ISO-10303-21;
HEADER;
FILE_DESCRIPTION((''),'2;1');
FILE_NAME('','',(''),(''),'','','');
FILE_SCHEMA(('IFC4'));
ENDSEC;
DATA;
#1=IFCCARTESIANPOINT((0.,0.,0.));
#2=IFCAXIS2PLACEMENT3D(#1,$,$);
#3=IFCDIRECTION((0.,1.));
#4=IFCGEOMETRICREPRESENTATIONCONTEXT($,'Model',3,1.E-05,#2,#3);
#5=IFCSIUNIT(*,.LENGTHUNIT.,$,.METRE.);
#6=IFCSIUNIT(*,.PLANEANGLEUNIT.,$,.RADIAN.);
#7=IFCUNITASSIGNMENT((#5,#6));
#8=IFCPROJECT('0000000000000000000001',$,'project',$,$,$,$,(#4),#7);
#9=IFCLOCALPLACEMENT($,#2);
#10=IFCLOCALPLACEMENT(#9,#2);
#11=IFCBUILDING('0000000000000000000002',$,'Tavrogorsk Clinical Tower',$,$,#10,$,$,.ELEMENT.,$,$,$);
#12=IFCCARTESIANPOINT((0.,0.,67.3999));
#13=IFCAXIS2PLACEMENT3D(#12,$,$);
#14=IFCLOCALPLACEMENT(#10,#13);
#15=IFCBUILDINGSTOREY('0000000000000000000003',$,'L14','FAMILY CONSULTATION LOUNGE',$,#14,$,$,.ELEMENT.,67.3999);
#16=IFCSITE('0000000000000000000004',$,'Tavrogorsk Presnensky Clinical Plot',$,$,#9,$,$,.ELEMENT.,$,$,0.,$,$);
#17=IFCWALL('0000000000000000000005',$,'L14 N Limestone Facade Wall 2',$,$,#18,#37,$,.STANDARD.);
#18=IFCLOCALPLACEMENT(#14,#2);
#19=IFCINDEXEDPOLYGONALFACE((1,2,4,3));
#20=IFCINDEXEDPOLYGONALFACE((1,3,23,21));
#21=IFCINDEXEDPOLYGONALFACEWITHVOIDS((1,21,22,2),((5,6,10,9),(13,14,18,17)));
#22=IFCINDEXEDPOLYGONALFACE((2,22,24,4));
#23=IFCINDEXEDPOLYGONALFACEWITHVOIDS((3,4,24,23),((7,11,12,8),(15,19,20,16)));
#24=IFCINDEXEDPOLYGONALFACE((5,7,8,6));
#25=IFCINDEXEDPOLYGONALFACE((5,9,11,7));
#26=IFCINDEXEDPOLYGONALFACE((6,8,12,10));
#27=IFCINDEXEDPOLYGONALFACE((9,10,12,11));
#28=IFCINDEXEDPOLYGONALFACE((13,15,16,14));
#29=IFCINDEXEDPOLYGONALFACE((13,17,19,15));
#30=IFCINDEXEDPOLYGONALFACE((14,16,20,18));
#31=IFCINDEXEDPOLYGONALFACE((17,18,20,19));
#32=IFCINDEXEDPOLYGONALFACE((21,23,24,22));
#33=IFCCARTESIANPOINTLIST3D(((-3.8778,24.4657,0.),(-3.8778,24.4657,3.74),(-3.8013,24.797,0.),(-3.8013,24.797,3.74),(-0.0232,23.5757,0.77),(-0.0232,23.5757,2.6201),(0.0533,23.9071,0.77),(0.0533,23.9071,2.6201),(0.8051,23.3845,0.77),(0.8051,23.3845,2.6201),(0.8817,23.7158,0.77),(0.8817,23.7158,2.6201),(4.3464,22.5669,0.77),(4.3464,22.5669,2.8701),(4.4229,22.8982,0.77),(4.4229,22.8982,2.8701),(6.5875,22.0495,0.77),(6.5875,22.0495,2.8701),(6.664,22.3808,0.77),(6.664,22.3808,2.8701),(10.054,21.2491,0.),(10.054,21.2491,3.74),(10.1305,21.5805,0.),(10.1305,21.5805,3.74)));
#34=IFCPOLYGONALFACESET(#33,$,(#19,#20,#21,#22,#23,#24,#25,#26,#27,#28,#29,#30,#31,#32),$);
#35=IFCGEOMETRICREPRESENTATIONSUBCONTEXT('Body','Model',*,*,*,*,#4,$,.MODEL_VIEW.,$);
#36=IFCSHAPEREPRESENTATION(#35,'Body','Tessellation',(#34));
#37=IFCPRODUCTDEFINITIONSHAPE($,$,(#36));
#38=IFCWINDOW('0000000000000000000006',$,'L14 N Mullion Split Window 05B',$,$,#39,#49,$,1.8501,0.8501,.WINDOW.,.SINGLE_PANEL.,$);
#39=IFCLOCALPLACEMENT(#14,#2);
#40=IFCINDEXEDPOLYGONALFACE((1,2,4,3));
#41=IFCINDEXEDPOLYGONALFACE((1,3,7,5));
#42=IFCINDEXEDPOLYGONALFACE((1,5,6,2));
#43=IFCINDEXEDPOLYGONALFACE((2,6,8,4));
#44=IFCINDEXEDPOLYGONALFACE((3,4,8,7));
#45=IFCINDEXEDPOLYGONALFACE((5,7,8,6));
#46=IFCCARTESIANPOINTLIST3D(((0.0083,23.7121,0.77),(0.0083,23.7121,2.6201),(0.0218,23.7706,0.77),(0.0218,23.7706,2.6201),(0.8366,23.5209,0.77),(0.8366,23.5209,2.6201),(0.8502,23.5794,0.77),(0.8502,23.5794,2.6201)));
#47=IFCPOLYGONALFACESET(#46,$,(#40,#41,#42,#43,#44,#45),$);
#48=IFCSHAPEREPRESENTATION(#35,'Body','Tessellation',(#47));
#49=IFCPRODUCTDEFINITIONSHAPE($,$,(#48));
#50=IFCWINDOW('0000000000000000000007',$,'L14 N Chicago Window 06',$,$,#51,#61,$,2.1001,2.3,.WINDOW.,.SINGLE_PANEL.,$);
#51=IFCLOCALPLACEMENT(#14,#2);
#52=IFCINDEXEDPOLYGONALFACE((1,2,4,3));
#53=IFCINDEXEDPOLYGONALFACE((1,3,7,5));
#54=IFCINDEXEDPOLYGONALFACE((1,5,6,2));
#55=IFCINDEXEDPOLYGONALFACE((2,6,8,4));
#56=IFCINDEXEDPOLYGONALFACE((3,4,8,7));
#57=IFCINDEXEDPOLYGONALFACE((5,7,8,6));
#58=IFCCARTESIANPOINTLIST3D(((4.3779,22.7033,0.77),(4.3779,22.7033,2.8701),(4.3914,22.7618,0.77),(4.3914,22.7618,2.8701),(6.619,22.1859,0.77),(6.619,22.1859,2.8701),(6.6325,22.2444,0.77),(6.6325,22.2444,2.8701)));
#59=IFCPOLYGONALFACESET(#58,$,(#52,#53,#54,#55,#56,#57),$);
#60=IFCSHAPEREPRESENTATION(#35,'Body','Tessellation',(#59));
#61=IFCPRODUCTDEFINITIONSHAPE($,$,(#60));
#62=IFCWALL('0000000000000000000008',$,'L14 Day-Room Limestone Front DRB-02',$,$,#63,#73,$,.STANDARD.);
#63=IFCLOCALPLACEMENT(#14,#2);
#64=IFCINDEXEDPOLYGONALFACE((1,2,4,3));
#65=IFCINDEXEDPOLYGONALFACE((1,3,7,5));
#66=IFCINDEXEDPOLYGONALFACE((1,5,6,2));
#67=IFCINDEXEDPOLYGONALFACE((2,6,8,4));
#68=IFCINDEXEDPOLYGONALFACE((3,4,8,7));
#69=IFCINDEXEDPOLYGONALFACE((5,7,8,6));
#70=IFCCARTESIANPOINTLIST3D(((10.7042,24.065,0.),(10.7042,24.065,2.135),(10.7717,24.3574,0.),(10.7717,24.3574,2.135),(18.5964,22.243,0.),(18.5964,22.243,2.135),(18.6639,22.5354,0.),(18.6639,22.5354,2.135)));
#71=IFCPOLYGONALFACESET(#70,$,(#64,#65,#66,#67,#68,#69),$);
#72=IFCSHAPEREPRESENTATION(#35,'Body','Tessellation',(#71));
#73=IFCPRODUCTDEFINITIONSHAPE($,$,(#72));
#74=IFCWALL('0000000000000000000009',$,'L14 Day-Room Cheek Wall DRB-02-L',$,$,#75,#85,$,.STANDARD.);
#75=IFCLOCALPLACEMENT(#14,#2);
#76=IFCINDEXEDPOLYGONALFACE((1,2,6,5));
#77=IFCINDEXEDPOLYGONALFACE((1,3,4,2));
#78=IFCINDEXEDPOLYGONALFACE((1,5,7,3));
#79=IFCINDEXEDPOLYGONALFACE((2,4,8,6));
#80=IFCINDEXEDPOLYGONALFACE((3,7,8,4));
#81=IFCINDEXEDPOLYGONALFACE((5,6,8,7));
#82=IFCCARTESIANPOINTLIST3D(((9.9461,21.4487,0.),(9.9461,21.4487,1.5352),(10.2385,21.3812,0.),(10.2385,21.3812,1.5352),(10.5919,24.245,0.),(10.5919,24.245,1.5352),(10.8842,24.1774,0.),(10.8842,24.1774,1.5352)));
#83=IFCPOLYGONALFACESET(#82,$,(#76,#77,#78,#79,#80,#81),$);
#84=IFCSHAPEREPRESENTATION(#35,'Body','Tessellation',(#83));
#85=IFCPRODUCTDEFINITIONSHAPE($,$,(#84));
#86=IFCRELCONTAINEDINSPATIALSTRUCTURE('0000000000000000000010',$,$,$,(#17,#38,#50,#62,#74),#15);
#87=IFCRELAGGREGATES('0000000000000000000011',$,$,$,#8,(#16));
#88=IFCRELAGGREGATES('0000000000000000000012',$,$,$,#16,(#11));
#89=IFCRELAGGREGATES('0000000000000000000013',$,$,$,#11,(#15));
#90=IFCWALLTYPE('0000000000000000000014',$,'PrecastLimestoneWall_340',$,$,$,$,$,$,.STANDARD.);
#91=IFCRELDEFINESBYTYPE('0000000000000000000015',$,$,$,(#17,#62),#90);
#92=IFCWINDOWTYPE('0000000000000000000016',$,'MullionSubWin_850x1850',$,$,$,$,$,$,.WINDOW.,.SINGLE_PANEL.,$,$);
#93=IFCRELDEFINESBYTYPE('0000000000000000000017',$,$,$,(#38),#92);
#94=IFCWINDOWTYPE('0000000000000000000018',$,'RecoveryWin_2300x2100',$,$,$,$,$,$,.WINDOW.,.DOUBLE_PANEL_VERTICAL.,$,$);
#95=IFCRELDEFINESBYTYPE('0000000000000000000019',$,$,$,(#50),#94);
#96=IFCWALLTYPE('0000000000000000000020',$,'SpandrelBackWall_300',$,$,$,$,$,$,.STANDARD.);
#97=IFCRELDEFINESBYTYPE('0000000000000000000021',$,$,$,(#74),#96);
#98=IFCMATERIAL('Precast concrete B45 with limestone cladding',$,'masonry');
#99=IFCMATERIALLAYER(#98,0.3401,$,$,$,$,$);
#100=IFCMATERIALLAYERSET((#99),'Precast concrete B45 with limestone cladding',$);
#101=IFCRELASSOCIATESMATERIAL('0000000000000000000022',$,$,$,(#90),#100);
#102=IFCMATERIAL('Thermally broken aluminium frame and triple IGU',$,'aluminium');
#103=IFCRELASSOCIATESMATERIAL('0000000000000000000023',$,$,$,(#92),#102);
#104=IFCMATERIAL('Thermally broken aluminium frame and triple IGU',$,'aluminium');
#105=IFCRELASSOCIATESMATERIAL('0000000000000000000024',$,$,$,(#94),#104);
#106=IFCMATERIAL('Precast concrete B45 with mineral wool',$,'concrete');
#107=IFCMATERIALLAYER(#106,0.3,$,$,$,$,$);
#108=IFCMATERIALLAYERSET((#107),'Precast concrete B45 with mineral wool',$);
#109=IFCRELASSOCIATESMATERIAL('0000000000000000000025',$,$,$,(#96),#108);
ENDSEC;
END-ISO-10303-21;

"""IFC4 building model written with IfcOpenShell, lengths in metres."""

from ifc_helpers import new_model, si_unit, direction, frame, frame_2d, origin, place, context, subcontext, project, spatial, rectangle, extrude, material, layer, layer_set, type_object, element, fill, save


model = new_model("IFC4")

# Units and contexts
model_context = context("Model", 3, precision=1e-05, world=origin(), true_north=direction((0.0, 1.0)))
body_context = subcontext(model_context, "Body", "Model", "MODEL_VIEW")
ifc_project = project(units=[si_unit("LENGTHUNIT", "METRE"), si_unit("PLANEANGLEUNIT", "RADIAN")], contexts=[model_context])

# Site, building, storey
site_placement = place(None, origin())
site = spatial("IfcSite", under=ifc_project, at=site_placement, Name="Tavrogorsk Presnensky Clinical Plot", CompositionType="ELEMENT", RefElevation=0.0)
building_placement = place(site_placement, origin())
building = spatial("IfcBuilding", under=site, at=building_placement, Name="Tavrogorsk Clinical Tower", CompositionType="ELEMENT")
storey_placement = place(building_placement, frame((0.0, 0.0, 67.3999)))
storey = spatial("IfcBuildingStorey", under=building, at=storey_placement, Name="L14", Description="FAMILY CONSULTATION LOUNGE", CompositionType="ELEMENT", Elevation=67.3999)

# Wall, openings, windows
ifc_material_1 = material(Name="Precast concrete B45 with limestone cladding", Category="masonry")
ifc_layer_1 = layer(ifc_material_1, 0.3401)
ifc_layer_set_1 = layer_set([ifc_layer_1], Name="Precast concrete B45 with limestone cladding")
wall_type_1 = type_object("IfcWallType", Name="PrecastLimestoneWall_340", PredefinedType="STANDARD", material=ifc_layer_set_1)
wall_1_placement = place(storey_placement, frame((10.0923, 21.4148, 0.0), z_axis=(0.0, 0.0, 1.0), x_axis=(-0.974368, 0.224959, 0.0)))
wall_1 = element("IfcWall", 1, at=wall_1_placement, inside=storey, type_object=wall_type_1, Name="L14 N Limestone Facade Wall 2", PredefinedType="STANDARD", context=body_context, shape_type="SweptSolid", body=[
    extrude(rectangle(XDim=14.2983, YDim=0.3401, at=frame_2d((7.1492, 0.0))), origin(), (0.0, 0.0, 1.0), 3.74),
])
opening_1_placement = place(wall_1_placement, frame((9.4922, 0.0, 0.77)))
opening_1 = element("IfcOpeningElement", 2, at=opening_1_placement, cuts=wall_1, PredefinedType="OPENING", context=body_context, shape_type="SweptSolid", body=[
    extrude(rectangle(XDim=0.8501, YDim=1.8501, at=frame_2d((0.425, 0.925))), frame((0.0, 0.1799, 0.0), z_axis=(0.0, -1.0, 0.0), x_axis=(1.0, 0.0, 0.0)), (0.0, 0.0, 1.0), 0.3601),
])
opening_2_placement = place(wall_1_placement, frame((3.5579, 0.0, 0.77)))
opening_2 = element("IfcOpeningElement", 3, at=opening_2_placement, cuts=wall_1, PredefinedType="OPENING", context=body_context, shape_type="SweptSolid", body=[
    extrude(rectangle(XDim=2.3, YDim=2.1001, at=frame_2d((1.1499, 1.05))), frame((0.0, 0.1799, 0.0), z_axis=(0.0, -1.0, 0.0), x_axis=(1.0, 0.0, 0.0)), (0.0, 0.0, 1.0), 0.3601),
])
ifc_material_2 = material(Name="Thermally broken aluminium frame and triple IGU", Category="aluminium")
window_type_1 = type_object("IfcWindowType", Name="MullionSubWin_850x1850", PartitioningType="SINGLE_PANEL", PredefinedType="WINDOW", material=ifc_material_2)
window_1_placement = place(opening_1_placement, origin())
window_1 = element("IfcWindow", 4, at=window_1_placement, inside=storey, type_object=window_type_1, Name="L14 N Mullion Split Window 05B", OverallHeight=1.8501, OverallWidth=0.8501, PartitioningType="SINGLE_PANEL", PredefinedType="WINDOW", context=body_context, shape_type="SweptSolid", body=[
    extrude(rectangle(XDim=0.8501, YDim=1.8501, at=frame_2d((0.425, 0.925))), frame((0.0, 0.03, 0.0), z_axis=(0.0, -1.0, 0.0), x_axis=(1.0, 0.0, 0.0)), (0.0, 0.0, 1.0), 0.0601),
])
fill(opening_1, window_1)
ifc_material_3 = material(Name="Thermally broken aluminium frame and triple IGU", Category="aluminium")
window_type_2 = type_object("IfcWindowType", Name="RecoveryWin_2300x2100", PartitioningType="DOUBLE_PANEL_VERTICAL", PredefinedType="WINDOW", material=ifc_material_3)
window_2_placement = place(opening_2_placement, origin())
window_2 = element("IfcWindow", 5, at=window_2_placement, inside=storey, type_object=window_type_2, Name="L14 N Chicago Window 06", OverallHeight=2.1001, OverallWidth=2.3, PartitioningType="SINGLE_PANEL", PredefinedType="WINDOW", context=body_context, shape_type="SweptSolid", body=[
    extrude(rectangle(XDim=2.3, YDim=2.1001, at=frame_2d((1.1499, 1.05))), frame((0.0, 0.03, 0.0), z_axis=(0.0, -1.0, 0.0), x_axis=(1.0, 0.0, 0.0)), (0.0, 0.0, 1.0), 0.0601),
])
fill(opening_2, window_2)

# Walls
wall_2_placement = place(storey_placement, frame((10.738, 24.2112, 0.0), z_axis=(0.0, 0.0, 1.0), x_axis=(0.974372, -0.224943, 0.0)))
element("IfcWall", 6, at=wall_2_placement, inside=storey, type_object=wall_type_1, Name="L14 Day-Room Limestone Front DRB-02", PredefinedType="STANDARD", context=body_context, shape_type="SweptSolid", body=[
    extrude(rectangle(XDim=8.0999, YDim=0.3, at=frame_2d((4.0498, 0.0))), origin(), (0.0, 0.0, 1.0), 2.135),
])
ifc_material_4 = material(Name="Precast concrete B45 with mineral wool", Category="concrete")
ifc_layer_2 = layer(ifc_material_4, 0.3)
ifc_layer_set_2 = layer_set([ifc_layer_2], Name="Precast concrete B45 with mineral wool")
wall_type_2 = type_object("IfcWallType", Name="SpandrelBackWall_300", PredefinedType="STANDARD", material=ifc_layer_set_2)
wall_3_placement = place(storey_placement, frame((10.0923, 21.4148, 0.0), z_axis=(0.0, 0.0, 1.0), x_axis=(0.225002, 0.974358, 0.0)))
element("IfcWall", 7, at=wall_3_placement, inside=storey, type_object=wall_type_2, Name="L14 Day-Room Cheek Wall DRB-02-L", PredefinedType="STANDARD", context=body_context, shape_type="SweptSolid", body=[
    extrude(rectangle(XDim=2.8699, YDim=0.3, at=frame_2d((1.4351, 0.0))), origin(), (0.0, 0.0, 1.0), 1.5352),
])

save(model, "model.ifc")
